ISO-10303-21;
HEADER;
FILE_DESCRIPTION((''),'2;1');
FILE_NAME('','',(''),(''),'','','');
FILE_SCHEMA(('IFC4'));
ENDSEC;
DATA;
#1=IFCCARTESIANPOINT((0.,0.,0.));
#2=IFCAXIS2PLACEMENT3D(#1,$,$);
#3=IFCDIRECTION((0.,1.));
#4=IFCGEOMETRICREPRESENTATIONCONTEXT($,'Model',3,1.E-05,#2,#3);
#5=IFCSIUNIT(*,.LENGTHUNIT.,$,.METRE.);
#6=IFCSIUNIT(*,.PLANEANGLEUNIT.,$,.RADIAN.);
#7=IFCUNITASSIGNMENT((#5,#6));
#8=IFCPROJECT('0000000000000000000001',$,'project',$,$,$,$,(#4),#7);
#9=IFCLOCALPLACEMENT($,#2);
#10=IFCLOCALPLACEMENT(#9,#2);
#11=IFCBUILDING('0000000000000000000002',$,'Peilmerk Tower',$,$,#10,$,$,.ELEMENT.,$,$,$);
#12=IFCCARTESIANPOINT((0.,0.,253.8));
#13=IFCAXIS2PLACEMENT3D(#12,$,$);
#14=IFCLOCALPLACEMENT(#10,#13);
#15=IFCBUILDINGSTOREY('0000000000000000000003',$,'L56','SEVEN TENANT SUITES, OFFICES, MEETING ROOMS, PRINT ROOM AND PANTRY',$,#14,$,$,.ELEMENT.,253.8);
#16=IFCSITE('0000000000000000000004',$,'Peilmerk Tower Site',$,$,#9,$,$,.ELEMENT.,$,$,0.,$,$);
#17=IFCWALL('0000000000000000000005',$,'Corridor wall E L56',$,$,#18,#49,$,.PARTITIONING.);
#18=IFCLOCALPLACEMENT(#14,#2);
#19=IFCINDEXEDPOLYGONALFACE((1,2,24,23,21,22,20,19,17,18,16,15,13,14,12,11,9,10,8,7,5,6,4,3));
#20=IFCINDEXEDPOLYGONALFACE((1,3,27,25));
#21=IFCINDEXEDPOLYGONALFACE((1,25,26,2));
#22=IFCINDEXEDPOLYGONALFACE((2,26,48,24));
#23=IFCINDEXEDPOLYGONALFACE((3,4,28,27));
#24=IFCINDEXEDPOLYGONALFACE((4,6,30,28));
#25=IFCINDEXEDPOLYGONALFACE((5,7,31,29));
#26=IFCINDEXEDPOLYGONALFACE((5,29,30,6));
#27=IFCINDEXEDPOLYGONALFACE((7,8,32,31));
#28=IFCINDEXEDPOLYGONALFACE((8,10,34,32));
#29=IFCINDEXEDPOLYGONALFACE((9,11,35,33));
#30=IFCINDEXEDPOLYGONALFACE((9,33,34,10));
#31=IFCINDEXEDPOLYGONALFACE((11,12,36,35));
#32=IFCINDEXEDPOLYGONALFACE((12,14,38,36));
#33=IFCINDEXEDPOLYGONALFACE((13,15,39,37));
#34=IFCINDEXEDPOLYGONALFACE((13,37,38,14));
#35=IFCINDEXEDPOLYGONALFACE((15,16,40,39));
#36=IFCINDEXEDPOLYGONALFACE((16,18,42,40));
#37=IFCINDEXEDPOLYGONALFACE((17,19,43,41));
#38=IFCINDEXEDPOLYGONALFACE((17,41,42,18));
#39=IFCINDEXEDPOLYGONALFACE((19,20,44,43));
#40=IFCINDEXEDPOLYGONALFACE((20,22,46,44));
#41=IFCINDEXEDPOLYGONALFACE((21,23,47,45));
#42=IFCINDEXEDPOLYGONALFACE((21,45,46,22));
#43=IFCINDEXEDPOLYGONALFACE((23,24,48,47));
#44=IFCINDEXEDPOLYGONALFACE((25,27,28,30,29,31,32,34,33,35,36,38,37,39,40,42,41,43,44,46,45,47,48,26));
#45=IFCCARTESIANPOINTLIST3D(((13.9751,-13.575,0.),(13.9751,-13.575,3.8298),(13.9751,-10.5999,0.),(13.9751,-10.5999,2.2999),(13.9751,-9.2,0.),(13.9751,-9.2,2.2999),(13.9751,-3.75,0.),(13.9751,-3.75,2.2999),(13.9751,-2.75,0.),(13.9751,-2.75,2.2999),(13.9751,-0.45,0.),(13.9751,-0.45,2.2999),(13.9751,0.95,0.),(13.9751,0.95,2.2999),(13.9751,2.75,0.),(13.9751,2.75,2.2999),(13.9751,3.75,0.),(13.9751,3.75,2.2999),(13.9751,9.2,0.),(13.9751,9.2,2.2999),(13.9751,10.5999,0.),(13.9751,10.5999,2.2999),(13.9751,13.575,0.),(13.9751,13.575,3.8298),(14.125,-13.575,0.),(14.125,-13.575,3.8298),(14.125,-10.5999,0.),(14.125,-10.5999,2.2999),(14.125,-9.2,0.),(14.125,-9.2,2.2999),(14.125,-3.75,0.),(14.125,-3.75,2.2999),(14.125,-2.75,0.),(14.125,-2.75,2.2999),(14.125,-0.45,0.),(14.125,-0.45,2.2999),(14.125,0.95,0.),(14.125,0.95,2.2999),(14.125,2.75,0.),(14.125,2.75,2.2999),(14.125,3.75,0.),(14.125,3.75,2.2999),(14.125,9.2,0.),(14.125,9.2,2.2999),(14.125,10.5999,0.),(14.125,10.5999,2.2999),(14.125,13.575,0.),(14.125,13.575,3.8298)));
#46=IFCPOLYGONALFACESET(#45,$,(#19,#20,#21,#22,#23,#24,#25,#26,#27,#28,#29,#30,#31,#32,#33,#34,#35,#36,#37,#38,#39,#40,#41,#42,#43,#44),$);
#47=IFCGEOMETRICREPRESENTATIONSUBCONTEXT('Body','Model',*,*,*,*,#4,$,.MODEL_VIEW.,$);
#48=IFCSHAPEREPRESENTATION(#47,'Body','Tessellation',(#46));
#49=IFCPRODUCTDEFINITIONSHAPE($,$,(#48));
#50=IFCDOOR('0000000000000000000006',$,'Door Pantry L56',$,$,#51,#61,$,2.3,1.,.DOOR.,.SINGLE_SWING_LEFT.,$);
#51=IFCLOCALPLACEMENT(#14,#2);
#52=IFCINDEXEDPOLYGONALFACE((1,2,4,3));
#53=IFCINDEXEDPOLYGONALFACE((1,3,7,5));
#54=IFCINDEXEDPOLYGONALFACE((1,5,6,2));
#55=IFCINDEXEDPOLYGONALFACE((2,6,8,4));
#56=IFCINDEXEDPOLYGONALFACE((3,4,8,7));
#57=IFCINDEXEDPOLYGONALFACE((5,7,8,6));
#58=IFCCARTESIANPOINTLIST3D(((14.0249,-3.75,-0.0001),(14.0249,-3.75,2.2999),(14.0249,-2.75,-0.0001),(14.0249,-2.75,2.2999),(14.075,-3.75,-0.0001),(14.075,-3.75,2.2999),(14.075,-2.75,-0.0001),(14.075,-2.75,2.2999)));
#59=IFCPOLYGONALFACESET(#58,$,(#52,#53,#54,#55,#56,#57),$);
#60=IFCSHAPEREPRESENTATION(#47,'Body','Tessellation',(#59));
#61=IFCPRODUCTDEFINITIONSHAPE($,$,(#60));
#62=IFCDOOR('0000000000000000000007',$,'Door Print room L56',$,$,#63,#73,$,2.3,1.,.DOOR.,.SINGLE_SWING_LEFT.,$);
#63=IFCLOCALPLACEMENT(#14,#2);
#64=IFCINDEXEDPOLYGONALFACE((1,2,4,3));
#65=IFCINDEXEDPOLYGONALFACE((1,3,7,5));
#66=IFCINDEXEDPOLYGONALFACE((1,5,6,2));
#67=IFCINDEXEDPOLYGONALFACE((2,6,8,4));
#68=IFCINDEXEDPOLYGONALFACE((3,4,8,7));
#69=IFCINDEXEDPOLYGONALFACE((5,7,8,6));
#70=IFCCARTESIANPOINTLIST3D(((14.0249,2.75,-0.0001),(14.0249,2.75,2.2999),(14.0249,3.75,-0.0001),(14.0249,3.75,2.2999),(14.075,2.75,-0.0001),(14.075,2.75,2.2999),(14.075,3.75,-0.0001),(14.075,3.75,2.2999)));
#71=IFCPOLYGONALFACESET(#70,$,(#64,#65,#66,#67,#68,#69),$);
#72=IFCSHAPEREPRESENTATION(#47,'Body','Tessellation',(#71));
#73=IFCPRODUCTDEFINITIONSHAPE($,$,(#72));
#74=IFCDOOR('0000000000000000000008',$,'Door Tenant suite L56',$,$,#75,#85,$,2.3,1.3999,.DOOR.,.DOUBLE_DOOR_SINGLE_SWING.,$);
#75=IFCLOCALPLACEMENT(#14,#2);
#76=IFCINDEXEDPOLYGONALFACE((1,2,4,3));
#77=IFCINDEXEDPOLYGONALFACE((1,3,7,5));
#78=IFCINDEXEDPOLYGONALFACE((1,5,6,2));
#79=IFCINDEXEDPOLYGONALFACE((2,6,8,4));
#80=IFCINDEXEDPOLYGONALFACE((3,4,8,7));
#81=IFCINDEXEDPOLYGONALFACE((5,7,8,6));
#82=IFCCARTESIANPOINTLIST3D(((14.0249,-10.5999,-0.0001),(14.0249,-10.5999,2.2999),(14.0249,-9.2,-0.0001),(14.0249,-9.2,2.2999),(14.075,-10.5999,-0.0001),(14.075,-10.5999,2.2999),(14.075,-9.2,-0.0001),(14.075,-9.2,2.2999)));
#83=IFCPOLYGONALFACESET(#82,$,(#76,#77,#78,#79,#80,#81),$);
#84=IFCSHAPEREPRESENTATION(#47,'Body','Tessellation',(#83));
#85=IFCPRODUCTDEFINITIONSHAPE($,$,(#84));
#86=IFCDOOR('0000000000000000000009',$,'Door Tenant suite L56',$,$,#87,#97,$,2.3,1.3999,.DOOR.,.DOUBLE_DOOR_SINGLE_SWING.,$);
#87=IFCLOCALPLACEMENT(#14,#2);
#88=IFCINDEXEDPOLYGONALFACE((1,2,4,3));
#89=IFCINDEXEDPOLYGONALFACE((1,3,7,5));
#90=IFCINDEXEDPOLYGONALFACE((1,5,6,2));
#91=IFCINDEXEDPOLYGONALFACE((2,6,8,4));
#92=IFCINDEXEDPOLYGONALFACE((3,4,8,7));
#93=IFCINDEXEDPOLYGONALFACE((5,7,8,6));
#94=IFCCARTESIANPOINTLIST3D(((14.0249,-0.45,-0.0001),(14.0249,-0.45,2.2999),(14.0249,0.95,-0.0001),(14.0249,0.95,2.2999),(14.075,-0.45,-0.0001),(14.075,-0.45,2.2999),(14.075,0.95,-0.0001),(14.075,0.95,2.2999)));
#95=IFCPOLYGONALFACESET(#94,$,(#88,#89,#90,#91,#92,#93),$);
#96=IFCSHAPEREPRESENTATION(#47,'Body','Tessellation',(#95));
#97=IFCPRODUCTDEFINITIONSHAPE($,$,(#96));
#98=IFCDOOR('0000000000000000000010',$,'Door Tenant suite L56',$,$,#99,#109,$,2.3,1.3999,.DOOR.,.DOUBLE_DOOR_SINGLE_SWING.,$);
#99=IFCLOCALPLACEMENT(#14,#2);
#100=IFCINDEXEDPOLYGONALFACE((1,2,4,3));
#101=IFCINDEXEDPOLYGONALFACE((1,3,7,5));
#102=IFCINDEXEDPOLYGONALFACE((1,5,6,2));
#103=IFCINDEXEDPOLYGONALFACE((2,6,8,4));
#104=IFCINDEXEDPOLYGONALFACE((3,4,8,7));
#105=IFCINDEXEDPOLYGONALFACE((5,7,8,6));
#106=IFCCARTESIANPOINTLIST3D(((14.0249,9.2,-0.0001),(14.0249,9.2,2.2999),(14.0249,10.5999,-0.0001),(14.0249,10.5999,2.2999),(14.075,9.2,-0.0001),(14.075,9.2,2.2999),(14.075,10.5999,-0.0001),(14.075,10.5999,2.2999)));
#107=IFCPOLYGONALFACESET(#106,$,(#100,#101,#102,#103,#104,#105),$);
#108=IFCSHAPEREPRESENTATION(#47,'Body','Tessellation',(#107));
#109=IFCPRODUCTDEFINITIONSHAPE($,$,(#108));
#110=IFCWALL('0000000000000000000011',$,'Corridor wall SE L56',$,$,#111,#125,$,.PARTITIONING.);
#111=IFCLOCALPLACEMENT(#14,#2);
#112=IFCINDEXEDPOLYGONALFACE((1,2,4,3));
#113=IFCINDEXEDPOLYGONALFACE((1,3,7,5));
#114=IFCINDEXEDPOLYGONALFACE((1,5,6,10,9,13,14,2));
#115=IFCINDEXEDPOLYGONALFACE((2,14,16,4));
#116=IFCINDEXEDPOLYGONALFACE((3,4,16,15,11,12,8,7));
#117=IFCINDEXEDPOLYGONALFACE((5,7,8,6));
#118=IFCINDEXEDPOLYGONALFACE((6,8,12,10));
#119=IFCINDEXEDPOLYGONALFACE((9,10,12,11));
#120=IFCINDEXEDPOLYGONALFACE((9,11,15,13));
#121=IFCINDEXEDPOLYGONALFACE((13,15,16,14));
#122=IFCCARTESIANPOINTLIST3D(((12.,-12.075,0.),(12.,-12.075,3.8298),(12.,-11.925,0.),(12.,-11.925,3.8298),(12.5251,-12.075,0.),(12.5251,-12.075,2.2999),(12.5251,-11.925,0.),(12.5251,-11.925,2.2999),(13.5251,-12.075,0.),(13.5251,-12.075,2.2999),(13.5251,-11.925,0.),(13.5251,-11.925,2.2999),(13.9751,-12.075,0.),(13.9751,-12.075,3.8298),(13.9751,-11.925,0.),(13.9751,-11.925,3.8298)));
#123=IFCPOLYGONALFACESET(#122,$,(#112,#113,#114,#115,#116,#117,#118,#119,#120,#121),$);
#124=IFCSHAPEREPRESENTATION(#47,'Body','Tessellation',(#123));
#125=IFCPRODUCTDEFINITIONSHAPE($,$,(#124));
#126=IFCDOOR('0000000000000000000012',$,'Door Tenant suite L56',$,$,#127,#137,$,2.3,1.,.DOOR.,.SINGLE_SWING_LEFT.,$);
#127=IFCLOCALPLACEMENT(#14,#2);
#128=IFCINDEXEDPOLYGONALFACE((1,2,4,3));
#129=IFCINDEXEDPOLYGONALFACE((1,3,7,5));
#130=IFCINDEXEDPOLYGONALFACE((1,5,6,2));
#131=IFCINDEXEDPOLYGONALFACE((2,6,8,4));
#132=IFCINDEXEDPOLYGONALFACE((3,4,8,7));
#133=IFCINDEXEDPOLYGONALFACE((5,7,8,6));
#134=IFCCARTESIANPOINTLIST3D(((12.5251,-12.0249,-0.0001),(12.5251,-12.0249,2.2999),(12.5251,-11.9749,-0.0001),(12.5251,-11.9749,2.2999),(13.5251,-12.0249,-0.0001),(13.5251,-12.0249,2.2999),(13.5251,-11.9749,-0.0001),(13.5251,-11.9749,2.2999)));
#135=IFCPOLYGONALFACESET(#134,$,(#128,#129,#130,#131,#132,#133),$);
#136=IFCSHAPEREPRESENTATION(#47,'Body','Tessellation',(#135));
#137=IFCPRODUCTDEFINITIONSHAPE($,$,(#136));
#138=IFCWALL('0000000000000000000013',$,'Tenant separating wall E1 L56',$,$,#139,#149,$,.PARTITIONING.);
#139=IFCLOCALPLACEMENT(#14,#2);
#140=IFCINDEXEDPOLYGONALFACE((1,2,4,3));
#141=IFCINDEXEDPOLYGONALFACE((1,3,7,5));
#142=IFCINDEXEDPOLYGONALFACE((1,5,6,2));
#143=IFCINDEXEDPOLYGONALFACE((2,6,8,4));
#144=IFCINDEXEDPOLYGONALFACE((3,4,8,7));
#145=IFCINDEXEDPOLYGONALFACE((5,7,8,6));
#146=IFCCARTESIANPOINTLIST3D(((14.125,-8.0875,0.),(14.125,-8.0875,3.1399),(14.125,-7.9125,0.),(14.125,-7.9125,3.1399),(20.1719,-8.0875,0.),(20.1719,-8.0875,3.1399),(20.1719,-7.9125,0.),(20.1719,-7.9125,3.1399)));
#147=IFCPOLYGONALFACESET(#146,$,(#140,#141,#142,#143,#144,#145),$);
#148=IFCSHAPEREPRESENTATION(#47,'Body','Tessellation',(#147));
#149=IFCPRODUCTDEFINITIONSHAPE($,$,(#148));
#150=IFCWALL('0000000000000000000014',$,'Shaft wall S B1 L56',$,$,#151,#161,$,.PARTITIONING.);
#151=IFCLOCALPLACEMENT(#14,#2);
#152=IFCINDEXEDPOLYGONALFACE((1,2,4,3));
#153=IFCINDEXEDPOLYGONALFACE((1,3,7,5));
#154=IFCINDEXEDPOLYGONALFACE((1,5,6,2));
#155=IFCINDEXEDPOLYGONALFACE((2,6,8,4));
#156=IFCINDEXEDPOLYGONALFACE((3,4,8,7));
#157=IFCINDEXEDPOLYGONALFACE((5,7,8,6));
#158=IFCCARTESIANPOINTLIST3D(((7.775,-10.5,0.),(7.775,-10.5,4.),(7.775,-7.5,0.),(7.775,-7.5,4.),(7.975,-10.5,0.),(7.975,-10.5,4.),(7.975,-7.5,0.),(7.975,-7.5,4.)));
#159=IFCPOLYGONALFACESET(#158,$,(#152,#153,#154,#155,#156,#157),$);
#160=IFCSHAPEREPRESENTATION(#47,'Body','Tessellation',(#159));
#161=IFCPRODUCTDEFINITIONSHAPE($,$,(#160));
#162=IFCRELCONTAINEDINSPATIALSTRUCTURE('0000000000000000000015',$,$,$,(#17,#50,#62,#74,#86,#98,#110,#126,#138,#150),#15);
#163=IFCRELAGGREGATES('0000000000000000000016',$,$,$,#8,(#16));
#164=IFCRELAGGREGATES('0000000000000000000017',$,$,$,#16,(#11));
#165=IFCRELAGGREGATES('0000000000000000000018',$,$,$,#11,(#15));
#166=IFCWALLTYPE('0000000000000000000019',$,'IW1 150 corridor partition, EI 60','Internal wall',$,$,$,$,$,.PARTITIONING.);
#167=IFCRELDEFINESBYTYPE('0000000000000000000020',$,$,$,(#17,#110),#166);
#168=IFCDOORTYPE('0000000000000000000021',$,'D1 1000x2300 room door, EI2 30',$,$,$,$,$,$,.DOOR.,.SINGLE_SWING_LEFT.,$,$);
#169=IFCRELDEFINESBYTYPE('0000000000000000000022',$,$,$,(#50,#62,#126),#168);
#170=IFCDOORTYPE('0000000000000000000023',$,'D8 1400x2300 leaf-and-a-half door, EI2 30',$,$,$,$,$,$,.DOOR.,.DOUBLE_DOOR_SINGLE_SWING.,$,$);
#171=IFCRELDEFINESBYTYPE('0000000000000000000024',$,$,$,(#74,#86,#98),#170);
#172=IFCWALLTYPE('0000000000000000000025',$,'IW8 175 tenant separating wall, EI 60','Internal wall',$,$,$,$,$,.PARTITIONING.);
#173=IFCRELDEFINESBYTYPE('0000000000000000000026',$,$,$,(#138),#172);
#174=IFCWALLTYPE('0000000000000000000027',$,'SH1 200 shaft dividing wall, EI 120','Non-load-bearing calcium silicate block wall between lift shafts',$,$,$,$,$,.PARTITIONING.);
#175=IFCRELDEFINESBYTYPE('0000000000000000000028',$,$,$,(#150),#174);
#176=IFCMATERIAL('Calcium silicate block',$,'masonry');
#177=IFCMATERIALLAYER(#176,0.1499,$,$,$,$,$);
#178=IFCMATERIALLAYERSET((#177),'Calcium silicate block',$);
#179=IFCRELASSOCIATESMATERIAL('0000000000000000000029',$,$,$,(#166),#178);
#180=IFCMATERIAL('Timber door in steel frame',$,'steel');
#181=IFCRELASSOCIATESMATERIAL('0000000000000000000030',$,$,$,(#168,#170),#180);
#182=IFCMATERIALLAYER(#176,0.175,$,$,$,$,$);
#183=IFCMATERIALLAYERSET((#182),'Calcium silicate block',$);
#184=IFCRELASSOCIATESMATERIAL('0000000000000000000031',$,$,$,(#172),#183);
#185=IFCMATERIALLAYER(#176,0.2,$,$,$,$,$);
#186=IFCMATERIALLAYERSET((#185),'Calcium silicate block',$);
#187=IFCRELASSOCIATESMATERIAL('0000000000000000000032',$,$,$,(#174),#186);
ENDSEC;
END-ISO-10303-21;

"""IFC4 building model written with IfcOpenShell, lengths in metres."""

from ifc_helpers import new_model, si_unit, direction, frame, frame_2d, origin, place, context, subcontext, project, spatial, rectangle, extrude, material, layer, layer_set, type_object, element, fill, save


model = new_model("IFC4")

# Units and contexts
model_context = context("Model", 3, precision=1e-05, world=origin(), true_north=direction((0.0, 1.0)))
body_context = subcontext(model_context, "Body", "Model", "MODEL_VIEW")
ifc_project = project(units=[si_unit("LENGTHUNIT", "METRE"), si_unit("PLANEANGLEUNIT", "RADIAN")], contexts=[model_context])

# Site, building, storey
site_placement = place(None, origin())
site = spatial("IfcSite", under=ifc_project, at=site_placement, Name="Peilmerk Tower Site", CompositionType="ELEMENT", RefElevation=0.0)
building_placement = place(site_placement, origin())
building = spatial("IfcBuilding", under=site, at=building_placement, Name="Peilmerk Tower", CompositionType="ELEMENT")
storey_placement = place(building_placement, frame((0.0, 0.0, 253.8)))
storey = spatial("IfcBuildingStorey", under=building, at=storey_placement, Name="L56", Description="SEVEN TENANT SUITES, OFFICES, MEETING ROOMS, PRINT ROOM AND PANTRY", CompositionType="ELEMENT", Elevation=253.8)

# Wall, openings, doors
ifc_material_1 = material(Name="Calcium silicate block", Category="masonry")
ifc_layer_1 = layer(ifc_material_1, 0.1499)
ifc_layer_set_1 = layer_set([ifc_layer_1], Name="Calcium silicate block")
wall_type_1 = type_object("IfcWallType", Name="IW1 150 corridor partition, EI 60", Description="Internal wall", PredefinedType="PARTITIONING", material=ifc_layer_set_1)
wall_1_placement = place(storey_placement, frame((14.05, -13.575, 0.0), z_axis=(0.0, 0.0, 1.0), x_axis=(0.0, 1.0, 0.0)))
wall_1 = element("IfcWall", 1, at=wall_1_placement, inside=storey, type_object=wall_type_1, Name="Corridor wall E L56", PredefinedType="PARTITIONING", context=body_context, shape_type="SweptSolid", body=[
    extrude(rectangle(XDim=27.1499, YDim=0.1499, at=frame_2d((13.575, 0.0))), origin(), (0.0, 0.0, 1.0), 3.8298),
])
opening_1_placement = place(wall_1_placement, frame((2.9751, 0.0, 0.0)))
opening_1 = element("IfcOpeningElement", 2, at=opening_1_placement, cuts=wall_1, PredefinedType="OPENING", context=body_context, shape_type="SweptSolid", body=[
    extrude(rectangle(XDim=1.3999, YDim=2.3, at=frame_2d((0.7, 1.1499))), frame((0.0, 0.085, 0.0), z_axis=(0.0, -1.0, 0.0), x_axis=(1.0, 0.0, 0.0)), (0.0, 0.0, 1.0), 0.1699),
])
opening_2_placement = place(wall_1_placement, frame((13.125, 0.0, 0.0)))
opening_2 = element("IfcOpeningElement", 3, at=opening_2_placement, cuts=wall_1, PredefinedType="OPENING", context=body_context, shape_type="SweptSolid", body=[
    extrude(rectangle(XDim=1.3999, YDim=2.3, at=frame_2d((0.7, 1.1499))), frame((0.0, 0.085, 0.0), z_axis=(0.0, -1.0, 0.0), x_axis=(1.0, 0.0, 0.0)), (0.0, 0.0, 1.0), 0.1699),
])
opening_3_placement = place(wall_1_placement, frame((22.7749, 0.0, 0.0)))
opening_3 = element("IfcOpeningElement", 4, at=opening_3_placement, cuts=wall_1, PredefinedType="OPENING", context=body_context, shape_type="SweptSolid", body=[
    extrude(rectangle(XDim=1.3999, YDim=2.3, at=frame_2d((0.7, 1.1499))), frame((0.0, 0.085, 0.0), z_axis=(0.0, -1.0, 0.0), x_axis=(1.0, 0.0, 0.0)), (0.0, 0.0, 1.0), 0.1699),
])
opening_4_placement = place(wall_1_placement, frame((9.825, 0.0, 0.0)))
opening_4 = element("IfcOpeningElement", 5, at=opening_4_placement, cuts=wall_1, PredefinedType="OPENING", context=body_context, shape_type="SweptSolid", body=[
    extrude(rectangle(XDim=1.0, YDim=2.3, at=frame_2d((0.5, 1.1499))), frame((0.0, 0.085, 0.0), z_axis=(0.0, -1.0, 0.0), x_axis=(1.0, 0.0, 0.0)), (0.0, 0.0, 1.0), 0.1699),
])
opening_5_placement = place(wall_1_placement, frame((16.325, 0.0, 0.0)))
opening_5 = element("IfcOpeningElement", 6, at=opening_5_placement, cuts=wall_1, PredefinedType="OPENING", context=body_context, shape_type="SweptSolid", body=[
    extrude(rectangle(XDim=1.0, YDim=2.3, at=frame_2d((0.5, 1.1499))), frame((0.0, 0.085, 0.0), z_axis=(0.0, -1.0, 0.0), x_axis=(1.0, 0.0, 0.0)), (0.0, 0.0, 1.0), 0.1699),
])
ifc_material_2 = material(Name="Timber door in steel frame", Category="steel")
door_type_1 = type_object("IfcDoorType", Name="D1 1000x2300 room door, EI2 30", OperationType="SINGLE_SWING_LEFT", PredefinedType="DOOR", material=ifc_material_2)
door_1_placement = place(opening_4_placement, frame((1.0, 0.0, 0.0), z_axis=(0.0, 0.0, 1.0), x_axis=(-1.0, 0.0, 0.0)))
door_1 = element("IfcDoor", 7, at=door_1_placement, inside=storey, type_object=door_type_1, Name="Door Pantry L56", OperationType="SINGLE_SWING_LEFT", OverallHeight=2.3, OverallWidth=1.0, PredefinedType="DOOR", context=body_context, shape_type="SweptSolid", body=[
    extrude(rectangle(XDim=1.0, YDim=2.3, at=frame_2d((0.5, 1.1499))), frame((0.0, 0.0249, 0.0), z_axis=(0.0, -1.0, 0.0), x_axis=(1.0, 0.0, 0.0)), (0.0, 0.0, 1.0), 0.05),
])
fill(opening_4, door_1)
door_2_placement = place(opening_5_placement, frame((1.0, 0.0, 0.0), z_axis=(0.0, 0.0, 1.0), x_axis=(-1.0, 0.0, 0.0)))
door_2 = element("IfcDoor", 8, at=door_2_placement, inside=storey, type_object=door_type_1, Name="Door Print room L56", OperationType="SINGLE_SWING_LEFT", OverallHeight=2.3, OverallWidth=1.0, PredefinedType="DOOR", context=body_context, shape_type="SweptSolid", body=[
    extrude(rectangle(XDim=1.0, YDim=2.3, at=frame_2d((0.5, 1.1499))), frame((0.0, 0.0249, 0.0), z_axis=(0.0, -1.0, 0.0), x_axis=(1.0, 0.0, 0.0)), (0.0, 0.0, 1.0), 0.05),
])
fill(opening_5, door_2)
door_type_2 = type_object("IfcDoorType", Name="D8 1400x2300 leaf-and-a-half door, EI2 30", OperationType="DOUBLE_DOOR_SINGLE_SWING", PredefinedType="DOOR", material=ifc_material_2)
door_3_placement = place(opening_1_placement, frame((1.3999, 0.0, 0.0), z_axis=(0.0, 0.0, 1.0), x_axis=(-1.0, 0.0, 0.0)))
door_3 = element("IfcDoor", 9, at=door_3_placement, inside=storey, type_object=door_type_2, Name="Door Tenant suite L56", OperationType="DOUBLE_DOOR_SINGLE_SWING", OverallHeight=2.3, OverallWidth=1.3999, PredefinedType="DOOR", context=body_context, shape_type="SweptSolid", body=[
    extrude(rectangle(XDim=1.3999, YDim=2.3, at=frame_2d((0.7, 1.1499))), frame((0.0, 0.0249, 0.0), z_axis=(0.0, -1.0, 0.0), x_axis=(1.0, 0.0, 0.0)), (0.0, 0.0, 1.0), 0.05),
])
fill(opening_1, door_3)
door_4_placement = place(opening_2_placement, frame((1.3999, 0.0, 0.0), z_axis=(0.0, 0.0, 1.0), x_axis=(-1.0, 0.0, 0.0)))
door_4 = element("IfcDoor", 10, at=door_4_placement, inside=storey, type_object=door_type_2, Name="Door Tenant suite L56", OperationType="DOUBLE_DOOR_SINGLE_SWING", OverallHeight=2.3, OverallWidth=1.3999, PredefinedType="DOOR", context=body_context, shape_type="SweptSolid", body=[
    extrude(rectangle(XDim=1.3999, YDim=2.3, at=frame_2d((0.7, 1.1499))), frame((0.0, 0.0249, 0.0), z_axis=(0.0, -1.0, 0.0), x_axis=(1.0, 0.0, 0.0)), (0.0, 0.0, 1.0), 0.05),
])
fill(opening_2, door_4)
door_5_placement = place(opening_3_placement, frame((1.3999, 0.0, 0.0), z_axis=(0.0, 0.0, 1.0), x_axis=(-1.0, 0.0, 0.0)))
door_5 = element("IfcDoor", 11, at=door_5_placement, inside=storey, type_object=door_type_2, Name="Door Tenant suite L56", OperationType="DOUBLE_DOOR_SINGLE_SWING", OverallHeight=2.3, OverallWidth=1.3999, PredefinedType="DOOR", context=body_context, shape_type="SweptSolid", body=[
    extrude(rectangle(XDim=1.3999, YDim=2.3, at=frame_2d((0.7, 1.1499))), frame((0.0, 0.0249, 0.0), z_axis=(0.0, -1.0, 0.0), x_axis=(1.0, 0.0, 0.0)), (0.0, 0.0, 1.0), 0.05),
])
fill(opening_3, door_5)

# Wall, opening, door
wall_2_placement = place(storey_placement, frame((13.9751, -12.0, 0.0), z_axis=(0.0, 0.0, 1.0), x_axis=(-1.0, 0.0, 0.0)))
wall_2 = element("IfcWall", 12, at=wall_2_placement, inside=storey, type_object=wall_type_1, Name="Corridor wall SE L56", PredefinedType="PARTITIONING", context=body_context, shape_type="SweptSolid", body=[
    extrude(rectangle(XDim=1.9751, YDim=0.1499, at=frame_2d((0.9875, 0.0))), origin(), (0.0, 0.0, 1.0), 3.8298),
])
opening_6_placement = place(wall_2_placement, frame((0.45, 0.0, 0.0)))
opening_6 = element("IfcOpeningElement", 13, at=opening_6_placement, cuts=wall_2, PredefinedType="OPENING", context=body_context, shape_type="SweptSolid", body=[
    extrude(rectangle(XDim=1.0, YDim=2.3, at=frame_2d((0.5, 1.1499))), frame((0.0, 0.085, 0.0), z_axis=(0.0, -1.0, 0.0), x_axis=(1.0, 0.0, 0.0)), (0.0, 0.0, 1.0), 0.1699),
])
door_6_placement = place(opening_6_placement, origin())
door_6 = element("IfcDoor", 14, at=door_6_placement, inside=storey, type_object=door_type_1, Name="Door Tenant suite L56", OperationType="SINGLE_SWING_LEFT", OverallHeight=2.3, OverallWidth=1.0, PredefinedType="DOOR", context=body_context, shape_type="SweptSolid", body=[
    extrude(rectangle(XDim=1.0, YDim=2.3, at=frame_2d((0.5, 1.1499))), frame((0.0, 0.0249, 0.0), z_axis=(0.0, -1.0, 0.0), x_axis=(1.0, 0.0, 0.0)), (0.0, 0.0, 1.0), 0.05),
])
fill(opening_6, door_6)

# Walls
ifc_layer_2 = layer(ifc_material_1, 0.175)
ifc_layer_set_2 = layer_set([ifc_layer_2], Name="Calcium silicate block")
wall_type_2 = type_object("IfcWallType", Name="IW8 175 tenant separating wall, EI 60", Description="Internal wall", PredefinedType="PARTITIONING", material=ifc_layer_set_2)
wall_3_placement = place(storey_placement, frame((14.125, -8.0, 0.0), z_axis=(0.0, 0.0, 1.0), x_axis=(1.0, 0.0, 0.0)))
element("IfcWall", 15, at=wall_3_placement, inside=storey, type_object=wall_type_2, Name="Tenant separating wall E1 L56", PredefinedType="PARTITIONING", context=body_context, shape_type="SweptSolid", body=[
    extrude(rectangle(XDim=6.0469, YDim=0.175, at=frame_2d((3.0234, 0.0))), origin(), (0.0, 0.0, 1.0), 3.1399),
])
ifc_layer_3 = layer(ifc_material_1, 0.2)
ifc_layer_set_3 = layer_set([ifc_layer_3], Name="Calcium silicate block")
wall_type_3 = type_object("IfcWallType", Name="SH1 200 shaft dividing wall, EI 120", Description="Non-load-bearing calcium silicate block wall between lift shafts", PredefinedType="PARTITIONING", material=ifc_layer_set_3)
wall_4_placement = place(storey_placement, frame((7.875, -10.5, 0.0), z_axis=(0.0, 0.0, 1.0), x_axis=(0.0, 1.0, 0.0)))
element("IfcWall", 16, at=wall_4_placement, inside=storey, type_object=wall_type_3, Name="Shaft wall S B1 L56", PredefinedType="PARTITIONING", context=body_context, shape_type="SweptSolid", body=[
    extrude(rectangle(XDim=3.0, YDim=0.2, at=frame_2d((1.5, 0.0))), origin(), (0.0, 0.0, 1.0), 4.0),
])

save(model, "model.ifc")
